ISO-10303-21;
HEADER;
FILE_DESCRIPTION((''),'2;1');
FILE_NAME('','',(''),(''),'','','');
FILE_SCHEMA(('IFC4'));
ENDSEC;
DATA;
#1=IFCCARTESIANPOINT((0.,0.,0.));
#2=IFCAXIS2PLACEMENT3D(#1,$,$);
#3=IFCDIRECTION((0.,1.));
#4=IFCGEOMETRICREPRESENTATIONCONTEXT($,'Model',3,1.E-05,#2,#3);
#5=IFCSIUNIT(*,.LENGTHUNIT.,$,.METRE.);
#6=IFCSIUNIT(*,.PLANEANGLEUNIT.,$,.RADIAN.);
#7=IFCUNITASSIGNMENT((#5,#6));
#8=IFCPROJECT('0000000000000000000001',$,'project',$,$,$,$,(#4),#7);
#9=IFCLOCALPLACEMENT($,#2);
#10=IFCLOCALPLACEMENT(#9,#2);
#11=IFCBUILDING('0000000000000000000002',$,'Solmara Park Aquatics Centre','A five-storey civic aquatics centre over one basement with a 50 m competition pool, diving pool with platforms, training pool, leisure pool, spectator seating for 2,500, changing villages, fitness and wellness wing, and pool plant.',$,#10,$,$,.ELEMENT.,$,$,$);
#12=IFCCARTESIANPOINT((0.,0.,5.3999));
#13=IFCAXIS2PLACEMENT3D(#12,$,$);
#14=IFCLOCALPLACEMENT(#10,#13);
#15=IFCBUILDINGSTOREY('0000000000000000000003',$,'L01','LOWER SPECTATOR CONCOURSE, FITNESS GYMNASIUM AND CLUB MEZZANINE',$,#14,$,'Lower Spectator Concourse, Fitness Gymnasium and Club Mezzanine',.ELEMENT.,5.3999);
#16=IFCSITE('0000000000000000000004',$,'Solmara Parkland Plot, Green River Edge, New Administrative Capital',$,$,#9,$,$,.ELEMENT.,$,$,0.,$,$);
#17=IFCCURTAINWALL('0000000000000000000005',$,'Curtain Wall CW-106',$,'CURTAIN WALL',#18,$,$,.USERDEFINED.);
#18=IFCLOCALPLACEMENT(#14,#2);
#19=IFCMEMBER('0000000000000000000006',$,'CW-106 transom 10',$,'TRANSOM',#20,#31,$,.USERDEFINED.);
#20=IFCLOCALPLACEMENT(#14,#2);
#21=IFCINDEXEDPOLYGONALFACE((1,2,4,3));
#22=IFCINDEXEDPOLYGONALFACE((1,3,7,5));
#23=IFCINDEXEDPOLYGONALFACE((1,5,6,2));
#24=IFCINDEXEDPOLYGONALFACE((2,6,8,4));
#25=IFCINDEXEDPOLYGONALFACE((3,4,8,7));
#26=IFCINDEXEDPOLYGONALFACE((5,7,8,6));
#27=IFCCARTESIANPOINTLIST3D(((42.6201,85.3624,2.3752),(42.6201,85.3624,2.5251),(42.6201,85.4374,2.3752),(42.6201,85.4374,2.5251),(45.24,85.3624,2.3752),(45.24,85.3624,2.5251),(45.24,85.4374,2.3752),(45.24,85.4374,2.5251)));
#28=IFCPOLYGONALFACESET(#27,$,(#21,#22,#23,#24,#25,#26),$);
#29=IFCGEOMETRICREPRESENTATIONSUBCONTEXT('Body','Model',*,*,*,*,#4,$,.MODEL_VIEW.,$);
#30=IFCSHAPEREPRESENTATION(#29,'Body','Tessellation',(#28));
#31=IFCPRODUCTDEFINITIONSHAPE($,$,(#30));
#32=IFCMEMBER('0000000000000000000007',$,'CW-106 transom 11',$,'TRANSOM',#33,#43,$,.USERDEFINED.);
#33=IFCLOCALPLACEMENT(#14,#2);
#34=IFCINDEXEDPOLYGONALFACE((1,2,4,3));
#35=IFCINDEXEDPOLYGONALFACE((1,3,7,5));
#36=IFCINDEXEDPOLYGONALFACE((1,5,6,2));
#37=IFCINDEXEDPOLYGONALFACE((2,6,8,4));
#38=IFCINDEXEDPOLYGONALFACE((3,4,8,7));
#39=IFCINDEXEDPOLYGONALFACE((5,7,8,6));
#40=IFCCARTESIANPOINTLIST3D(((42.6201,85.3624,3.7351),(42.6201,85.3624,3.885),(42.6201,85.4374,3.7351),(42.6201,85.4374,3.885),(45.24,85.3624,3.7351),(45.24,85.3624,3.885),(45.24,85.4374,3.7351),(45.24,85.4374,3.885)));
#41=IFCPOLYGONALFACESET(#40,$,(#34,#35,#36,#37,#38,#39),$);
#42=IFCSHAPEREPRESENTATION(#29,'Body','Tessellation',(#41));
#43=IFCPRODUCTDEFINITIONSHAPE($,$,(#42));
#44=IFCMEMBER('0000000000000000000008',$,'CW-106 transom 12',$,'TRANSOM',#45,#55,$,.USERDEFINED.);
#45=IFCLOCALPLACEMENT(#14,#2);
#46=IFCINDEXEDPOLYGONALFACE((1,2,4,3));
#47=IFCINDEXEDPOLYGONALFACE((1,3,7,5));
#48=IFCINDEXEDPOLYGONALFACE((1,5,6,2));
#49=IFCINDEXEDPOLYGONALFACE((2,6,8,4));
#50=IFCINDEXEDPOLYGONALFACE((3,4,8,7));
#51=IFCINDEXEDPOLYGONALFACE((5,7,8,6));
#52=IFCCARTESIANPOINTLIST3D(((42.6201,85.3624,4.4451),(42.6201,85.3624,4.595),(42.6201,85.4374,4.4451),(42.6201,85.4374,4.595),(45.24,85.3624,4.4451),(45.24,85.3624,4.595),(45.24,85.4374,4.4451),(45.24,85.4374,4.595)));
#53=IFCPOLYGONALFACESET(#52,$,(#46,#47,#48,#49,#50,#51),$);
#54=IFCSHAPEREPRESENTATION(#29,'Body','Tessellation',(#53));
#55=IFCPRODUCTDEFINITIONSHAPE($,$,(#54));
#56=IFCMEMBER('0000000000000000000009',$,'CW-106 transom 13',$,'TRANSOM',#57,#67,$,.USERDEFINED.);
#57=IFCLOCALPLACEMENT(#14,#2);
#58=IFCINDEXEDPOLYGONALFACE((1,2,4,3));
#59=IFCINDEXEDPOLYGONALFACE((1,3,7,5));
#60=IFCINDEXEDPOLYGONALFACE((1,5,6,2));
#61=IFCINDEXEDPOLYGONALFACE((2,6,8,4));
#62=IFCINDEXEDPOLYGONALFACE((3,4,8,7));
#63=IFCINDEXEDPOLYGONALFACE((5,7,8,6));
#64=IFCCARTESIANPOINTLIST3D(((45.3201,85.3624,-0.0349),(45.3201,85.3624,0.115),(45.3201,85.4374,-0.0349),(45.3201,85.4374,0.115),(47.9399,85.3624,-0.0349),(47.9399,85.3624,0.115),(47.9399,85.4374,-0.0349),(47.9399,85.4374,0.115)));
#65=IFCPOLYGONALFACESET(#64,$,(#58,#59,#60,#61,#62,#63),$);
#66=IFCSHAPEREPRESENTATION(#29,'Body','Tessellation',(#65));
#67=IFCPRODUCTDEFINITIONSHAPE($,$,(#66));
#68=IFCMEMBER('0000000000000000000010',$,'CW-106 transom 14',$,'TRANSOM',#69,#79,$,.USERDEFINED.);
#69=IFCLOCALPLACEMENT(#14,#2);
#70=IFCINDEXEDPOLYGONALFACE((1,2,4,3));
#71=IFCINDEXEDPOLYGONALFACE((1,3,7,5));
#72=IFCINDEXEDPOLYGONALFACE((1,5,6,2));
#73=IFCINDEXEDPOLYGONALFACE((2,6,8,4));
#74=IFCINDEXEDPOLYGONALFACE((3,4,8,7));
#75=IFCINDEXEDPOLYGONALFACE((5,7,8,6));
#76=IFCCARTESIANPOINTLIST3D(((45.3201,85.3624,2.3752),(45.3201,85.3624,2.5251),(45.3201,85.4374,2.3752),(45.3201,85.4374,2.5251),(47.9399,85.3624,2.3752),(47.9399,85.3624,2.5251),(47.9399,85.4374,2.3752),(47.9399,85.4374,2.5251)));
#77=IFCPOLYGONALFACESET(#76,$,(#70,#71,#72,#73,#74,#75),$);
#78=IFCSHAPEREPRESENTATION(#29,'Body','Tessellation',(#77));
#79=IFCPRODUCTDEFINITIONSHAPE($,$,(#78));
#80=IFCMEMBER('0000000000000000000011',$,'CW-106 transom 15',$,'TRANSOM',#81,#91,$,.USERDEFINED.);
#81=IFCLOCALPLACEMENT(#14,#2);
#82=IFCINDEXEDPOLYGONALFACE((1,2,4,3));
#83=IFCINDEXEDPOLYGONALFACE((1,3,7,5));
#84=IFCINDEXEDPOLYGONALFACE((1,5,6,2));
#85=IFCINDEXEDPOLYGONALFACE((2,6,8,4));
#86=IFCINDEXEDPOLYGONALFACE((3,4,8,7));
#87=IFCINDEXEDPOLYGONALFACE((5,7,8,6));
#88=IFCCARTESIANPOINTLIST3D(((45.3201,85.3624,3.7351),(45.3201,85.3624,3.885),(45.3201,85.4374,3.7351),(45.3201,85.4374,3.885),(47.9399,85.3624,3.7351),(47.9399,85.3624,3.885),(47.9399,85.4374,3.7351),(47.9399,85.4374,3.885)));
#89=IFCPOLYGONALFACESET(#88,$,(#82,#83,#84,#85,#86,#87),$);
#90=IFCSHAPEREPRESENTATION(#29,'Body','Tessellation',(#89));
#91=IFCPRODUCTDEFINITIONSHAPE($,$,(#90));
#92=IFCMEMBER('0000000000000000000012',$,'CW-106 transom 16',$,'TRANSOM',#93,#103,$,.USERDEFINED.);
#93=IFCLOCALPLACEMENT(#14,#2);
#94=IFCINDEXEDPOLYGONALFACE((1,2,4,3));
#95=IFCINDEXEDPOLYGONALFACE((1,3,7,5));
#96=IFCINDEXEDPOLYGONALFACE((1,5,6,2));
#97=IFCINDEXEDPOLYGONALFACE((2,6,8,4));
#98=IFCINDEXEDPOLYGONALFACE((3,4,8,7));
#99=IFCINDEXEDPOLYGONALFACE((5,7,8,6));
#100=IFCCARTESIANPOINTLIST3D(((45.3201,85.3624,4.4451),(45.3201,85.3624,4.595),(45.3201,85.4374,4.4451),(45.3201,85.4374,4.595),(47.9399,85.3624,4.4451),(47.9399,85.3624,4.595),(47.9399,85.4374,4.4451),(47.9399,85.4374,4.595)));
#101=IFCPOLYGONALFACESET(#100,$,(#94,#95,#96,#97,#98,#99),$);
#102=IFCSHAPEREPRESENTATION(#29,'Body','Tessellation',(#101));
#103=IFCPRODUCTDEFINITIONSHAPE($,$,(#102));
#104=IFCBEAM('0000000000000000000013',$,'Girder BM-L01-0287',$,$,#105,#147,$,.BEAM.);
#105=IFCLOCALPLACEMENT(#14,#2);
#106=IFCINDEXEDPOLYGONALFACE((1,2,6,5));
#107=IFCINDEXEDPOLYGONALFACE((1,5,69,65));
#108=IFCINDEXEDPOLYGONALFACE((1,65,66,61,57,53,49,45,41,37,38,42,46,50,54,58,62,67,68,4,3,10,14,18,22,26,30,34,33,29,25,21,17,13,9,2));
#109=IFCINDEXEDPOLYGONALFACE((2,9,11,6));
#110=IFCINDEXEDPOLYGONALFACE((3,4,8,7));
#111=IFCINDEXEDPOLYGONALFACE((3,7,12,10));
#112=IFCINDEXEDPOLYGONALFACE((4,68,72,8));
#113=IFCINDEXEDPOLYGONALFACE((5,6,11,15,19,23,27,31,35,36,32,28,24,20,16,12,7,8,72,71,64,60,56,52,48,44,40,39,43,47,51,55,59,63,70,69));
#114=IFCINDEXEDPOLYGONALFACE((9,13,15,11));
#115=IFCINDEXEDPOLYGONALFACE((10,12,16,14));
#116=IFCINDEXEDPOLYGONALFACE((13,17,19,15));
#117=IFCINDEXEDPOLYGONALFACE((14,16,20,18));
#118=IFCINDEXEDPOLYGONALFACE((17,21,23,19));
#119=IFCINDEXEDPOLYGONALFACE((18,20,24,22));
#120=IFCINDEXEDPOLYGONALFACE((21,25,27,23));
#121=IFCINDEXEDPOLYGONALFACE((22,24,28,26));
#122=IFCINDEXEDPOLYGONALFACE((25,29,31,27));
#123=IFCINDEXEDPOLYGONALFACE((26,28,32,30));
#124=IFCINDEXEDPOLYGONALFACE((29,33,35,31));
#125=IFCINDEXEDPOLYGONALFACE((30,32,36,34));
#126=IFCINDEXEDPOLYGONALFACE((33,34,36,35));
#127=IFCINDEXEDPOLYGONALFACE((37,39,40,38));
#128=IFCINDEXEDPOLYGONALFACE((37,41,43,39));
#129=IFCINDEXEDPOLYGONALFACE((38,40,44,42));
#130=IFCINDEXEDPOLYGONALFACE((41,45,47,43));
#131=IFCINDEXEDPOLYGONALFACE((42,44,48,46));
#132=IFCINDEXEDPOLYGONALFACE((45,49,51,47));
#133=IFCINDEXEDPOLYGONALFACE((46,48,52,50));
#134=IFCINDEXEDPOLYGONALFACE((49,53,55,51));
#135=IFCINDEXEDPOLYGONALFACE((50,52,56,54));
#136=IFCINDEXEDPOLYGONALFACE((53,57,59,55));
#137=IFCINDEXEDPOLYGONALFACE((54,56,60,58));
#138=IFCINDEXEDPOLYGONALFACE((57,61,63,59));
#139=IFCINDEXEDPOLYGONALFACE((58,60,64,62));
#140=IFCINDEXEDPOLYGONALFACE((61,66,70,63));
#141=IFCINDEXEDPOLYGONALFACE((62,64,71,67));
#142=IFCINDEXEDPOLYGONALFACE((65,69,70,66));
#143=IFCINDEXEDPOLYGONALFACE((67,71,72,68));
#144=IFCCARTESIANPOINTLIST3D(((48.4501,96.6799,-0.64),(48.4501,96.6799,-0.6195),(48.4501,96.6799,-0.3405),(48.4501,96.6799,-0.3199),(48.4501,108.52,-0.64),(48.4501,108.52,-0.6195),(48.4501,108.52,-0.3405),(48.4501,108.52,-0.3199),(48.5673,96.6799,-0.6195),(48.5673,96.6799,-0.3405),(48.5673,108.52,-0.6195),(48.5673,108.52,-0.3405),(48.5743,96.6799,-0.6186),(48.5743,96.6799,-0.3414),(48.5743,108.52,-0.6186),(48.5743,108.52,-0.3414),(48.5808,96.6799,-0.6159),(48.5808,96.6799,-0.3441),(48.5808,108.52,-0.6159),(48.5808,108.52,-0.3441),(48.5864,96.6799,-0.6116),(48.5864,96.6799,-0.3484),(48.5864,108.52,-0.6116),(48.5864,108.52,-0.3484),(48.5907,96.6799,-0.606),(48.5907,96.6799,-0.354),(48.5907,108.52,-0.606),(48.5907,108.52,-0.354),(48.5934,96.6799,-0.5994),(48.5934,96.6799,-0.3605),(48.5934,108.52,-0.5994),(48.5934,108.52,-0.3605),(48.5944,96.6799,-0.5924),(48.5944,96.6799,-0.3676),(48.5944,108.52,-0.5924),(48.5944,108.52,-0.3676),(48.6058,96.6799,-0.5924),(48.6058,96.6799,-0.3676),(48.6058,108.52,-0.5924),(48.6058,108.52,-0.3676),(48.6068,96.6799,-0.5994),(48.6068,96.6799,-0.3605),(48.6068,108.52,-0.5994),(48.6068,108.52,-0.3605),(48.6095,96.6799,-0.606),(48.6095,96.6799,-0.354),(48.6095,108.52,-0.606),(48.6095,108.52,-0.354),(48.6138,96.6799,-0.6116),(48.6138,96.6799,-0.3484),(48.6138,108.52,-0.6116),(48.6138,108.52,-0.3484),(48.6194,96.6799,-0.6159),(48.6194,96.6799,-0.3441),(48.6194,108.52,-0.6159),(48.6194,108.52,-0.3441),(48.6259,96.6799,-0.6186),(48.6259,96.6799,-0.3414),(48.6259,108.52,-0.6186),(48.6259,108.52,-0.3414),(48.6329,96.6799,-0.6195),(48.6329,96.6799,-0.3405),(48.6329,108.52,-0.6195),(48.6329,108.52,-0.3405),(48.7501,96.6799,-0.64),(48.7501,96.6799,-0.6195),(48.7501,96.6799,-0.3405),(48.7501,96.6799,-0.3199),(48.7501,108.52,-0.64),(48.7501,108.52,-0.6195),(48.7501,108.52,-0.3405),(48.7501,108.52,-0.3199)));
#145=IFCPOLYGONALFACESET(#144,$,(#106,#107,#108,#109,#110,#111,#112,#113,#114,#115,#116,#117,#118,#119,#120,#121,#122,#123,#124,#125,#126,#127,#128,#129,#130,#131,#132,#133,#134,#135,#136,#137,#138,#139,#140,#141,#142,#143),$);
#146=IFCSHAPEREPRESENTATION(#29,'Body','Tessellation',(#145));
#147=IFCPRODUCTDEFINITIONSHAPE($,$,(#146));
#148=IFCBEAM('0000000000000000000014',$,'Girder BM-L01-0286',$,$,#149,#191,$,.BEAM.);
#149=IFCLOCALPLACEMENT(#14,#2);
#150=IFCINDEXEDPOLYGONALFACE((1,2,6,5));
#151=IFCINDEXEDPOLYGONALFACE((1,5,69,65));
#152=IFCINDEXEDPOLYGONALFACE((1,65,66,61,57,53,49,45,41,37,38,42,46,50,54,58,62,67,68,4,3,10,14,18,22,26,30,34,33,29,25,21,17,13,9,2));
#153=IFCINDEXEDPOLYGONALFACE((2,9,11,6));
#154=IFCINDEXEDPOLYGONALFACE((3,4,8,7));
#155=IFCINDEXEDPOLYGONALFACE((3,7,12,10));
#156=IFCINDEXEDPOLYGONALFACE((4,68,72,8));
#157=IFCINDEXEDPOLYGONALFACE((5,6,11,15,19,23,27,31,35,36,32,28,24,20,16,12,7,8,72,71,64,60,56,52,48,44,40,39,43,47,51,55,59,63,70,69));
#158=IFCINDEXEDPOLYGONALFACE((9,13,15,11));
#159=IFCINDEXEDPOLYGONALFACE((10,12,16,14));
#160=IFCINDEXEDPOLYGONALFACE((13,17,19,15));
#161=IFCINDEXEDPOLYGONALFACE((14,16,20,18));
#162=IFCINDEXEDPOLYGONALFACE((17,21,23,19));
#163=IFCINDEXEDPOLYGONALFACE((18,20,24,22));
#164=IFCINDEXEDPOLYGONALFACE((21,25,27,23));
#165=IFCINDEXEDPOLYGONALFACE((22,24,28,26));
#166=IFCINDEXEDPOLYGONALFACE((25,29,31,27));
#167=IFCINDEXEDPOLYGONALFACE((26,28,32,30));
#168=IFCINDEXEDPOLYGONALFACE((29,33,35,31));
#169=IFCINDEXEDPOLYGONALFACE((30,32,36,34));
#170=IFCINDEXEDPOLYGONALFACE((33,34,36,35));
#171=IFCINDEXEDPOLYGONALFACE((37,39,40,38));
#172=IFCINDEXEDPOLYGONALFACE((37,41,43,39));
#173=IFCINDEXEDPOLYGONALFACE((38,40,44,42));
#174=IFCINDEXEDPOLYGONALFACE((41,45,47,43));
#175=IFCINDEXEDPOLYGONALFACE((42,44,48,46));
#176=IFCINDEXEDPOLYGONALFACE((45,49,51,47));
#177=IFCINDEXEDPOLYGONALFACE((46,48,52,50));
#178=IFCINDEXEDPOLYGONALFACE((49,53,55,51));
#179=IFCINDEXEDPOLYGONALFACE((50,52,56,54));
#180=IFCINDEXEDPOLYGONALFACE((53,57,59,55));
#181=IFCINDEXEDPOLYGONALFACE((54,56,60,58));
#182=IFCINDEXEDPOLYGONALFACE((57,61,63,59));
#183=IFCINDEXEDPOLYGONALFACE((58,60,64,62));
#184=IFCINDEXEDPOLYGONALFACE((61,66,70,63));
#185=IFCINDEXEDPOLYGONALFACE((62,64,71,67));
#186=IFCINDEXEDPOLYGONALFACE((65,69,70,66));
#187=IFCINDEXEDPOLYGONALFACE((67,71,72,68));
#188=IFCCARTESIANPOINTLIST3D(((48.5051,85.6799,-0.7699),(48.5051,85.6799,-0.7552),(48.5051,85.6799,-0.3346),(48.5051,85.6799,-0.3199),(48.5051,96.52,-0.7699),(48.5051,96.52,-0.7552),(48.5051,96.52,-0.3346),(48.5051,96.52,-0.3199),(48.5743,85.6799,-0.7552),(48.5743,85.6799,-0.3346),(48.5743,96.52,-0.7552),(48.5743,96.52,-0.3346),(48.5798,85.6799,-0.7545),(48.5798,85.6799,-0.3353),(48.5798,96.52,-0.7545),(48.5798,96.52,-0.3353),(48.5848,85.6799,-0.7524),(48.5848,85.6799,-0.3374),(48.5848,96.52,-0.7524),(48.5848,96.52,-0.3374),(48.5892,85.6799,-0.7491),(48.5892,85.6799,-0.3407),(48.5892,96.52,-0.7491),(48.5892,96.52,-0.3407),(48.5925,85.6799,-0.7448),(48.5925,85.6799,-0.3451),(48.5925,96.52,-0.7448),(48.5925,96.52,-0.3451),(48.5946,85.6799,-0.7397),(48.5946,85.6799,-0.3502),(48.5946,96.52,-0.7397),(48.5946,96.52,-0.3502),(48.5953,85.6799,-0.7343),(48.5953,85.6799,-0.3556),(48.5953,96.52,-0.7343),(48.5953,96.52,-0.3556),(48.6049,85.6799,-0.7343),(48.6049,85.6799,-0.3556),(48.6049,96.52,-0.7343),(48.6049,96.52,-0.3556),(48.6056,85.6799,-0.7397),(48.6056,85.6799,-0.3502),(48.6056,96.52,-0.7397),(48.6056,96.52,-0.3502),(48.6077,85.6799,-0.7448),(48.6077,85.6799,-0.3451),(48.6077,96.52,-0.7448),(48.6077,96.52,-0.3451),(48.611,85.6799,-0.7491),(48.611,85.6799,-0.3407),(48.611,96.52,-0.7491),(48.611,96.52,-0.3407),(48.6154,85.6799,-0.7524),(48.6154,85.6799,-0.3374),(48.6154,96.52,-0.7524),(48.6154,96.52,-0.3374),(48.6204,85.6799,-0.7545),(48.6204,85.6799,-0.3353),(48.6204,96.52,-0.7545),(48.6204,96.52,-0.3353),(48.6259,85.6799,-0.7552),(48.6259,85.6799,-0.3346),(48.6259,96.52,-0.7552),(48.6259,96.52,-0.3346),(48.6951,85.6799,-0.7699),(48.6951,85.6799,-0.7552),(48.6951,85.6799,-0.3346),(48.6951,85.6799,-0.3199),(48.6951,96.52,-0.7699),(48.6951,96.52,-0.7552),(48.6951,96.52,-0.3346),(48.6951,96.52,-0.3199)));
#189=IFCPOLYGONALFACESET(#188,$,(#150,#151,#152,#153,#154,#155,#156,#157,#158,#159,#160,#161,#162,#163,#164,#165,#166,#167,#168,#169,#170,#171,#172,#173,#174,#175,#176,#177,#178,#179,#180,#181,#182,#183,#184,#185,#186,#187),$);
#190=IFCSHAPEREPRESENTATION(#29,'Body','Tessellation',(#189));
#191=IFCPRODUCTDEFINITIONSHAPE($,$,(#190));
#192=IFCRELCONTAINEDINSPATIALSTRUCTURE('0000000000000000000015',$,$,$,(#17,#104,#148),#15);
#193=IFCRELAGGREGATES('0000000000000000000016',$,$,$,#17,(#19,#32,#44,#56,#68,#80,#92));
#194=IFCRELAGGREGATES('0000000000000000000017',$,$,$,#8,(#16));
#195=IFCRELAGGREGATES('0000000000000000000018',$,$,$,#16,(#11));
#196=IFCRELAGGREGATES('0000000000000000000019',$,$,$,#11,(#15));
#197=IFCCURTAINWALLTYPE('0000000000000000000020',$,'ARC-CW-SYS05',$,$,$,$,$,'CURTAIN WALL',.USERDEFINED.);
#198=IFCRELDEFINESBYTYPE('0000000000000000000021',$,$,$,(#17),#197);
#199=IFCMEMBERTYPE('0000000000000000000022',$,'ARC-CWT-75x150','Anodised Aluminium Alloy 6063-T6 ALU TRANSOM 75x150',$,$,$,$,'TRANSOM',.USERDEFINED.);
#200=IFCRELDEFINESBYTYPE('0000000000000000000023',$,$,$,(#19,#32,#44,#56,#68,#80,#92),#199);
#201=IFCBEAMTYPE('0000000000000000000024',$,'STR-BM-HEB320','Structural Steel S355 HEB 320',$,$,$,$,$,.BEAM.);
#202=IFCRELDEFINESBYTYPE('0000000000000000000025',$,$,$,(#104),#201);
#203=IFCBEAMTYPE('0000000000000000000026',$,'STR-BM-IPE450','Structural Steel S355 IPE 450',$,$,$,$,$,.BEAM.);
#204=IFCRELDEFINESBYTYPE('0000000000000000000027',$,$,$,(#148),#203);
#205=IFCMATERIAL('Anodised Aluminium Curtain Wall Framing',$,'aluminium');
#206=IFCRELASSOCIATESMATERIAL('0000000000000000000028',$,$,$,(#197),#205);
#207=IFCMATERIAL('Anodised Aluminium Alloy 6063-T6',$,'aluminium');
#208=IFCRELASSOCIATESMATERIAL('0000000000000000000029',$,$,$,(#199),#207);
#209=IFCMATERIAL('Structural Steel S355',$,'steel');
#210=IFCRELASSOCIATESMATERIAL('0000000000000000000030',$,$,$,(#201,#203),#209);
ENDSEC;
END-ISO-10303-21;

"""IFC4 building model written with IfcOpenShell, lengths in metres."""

from ifc_helpers import new_model, si_unit, direction, frame, origin, origin_2d, place, context, subcontext, project, spatial, rectangle, i_section, extrude, material, material_profile, profile_set, type_object, element, aggregate, save


model = new_model("IFC4")

# Units and contexts
model_context = context("Model", 3, precision=1e-05, world=origin(), true_north=direction((0.0, 1.0)))
body_context = subcontext(model_context, "Body", "Model", "MODEL_VIEW")
ifc_project = project(units=[si_unit("LENGTHUNIT", "METRE"), si_unit("PLANEANGLEUNIT", "RADIAN")], contexts=[model_context])

# Site, building, storey
site_placement = place(None, origin())
site = spatial("IfcSite", under=ifc_project, at=site_placement, Name="Solmara Parkland Plot, Green River Edge, New Administrative Capital", CompositionType="ELEMENT", RefElevation=0.0)
building_placement = place(site_placement, origin())
building = spatial("IfcBuilding", under=site, at=building_placement, Name="Solmara Park Aquatics Centre", Description="A five-storey civic aquatics centre over one basement with a 50 m competition pool, diving pool with platforms, training pool, leisure pool, spectator seating for 2,500, changing villages, fitness and wellness wing, and pool plant.", CompositionType="ELEMENT")
storey_placement = place(building_placement, frame((0.0, 0.0, 5.3999)))
storey = spatial("IfcBuildingStorey", under=building, at=storey_placement, Name="L01", Description="LOWER SPECTATOR CONCOURSE, FITNESS GYMNASIUM AND CLUB MEZZANINE", LongName="Lower Spectator Concourse, Fitness Gymnasium and Club Mezzanine", CompositionType="ELEMENT", Elevation=5.3999)

# Shared definitions
ifc_material_1 = material(Name="Structural Steel S355", Category="steel")

# Shared definitions
ifc_material_2 = material(Name="Anodised Aluminium Curtain Wall Framing", Category="aluminium")
curtain_wall_type = type_object("IfcCurtainWallType", Name="ARC-CW-SYS05", ElementType="CURTAIN WALL", PredefinedType="USERDEFINED", material=ifc_material_2)
ifc_material_3 = material(Name="Anodised Aluminium Alloy 6063-T6", Category="aluminium")

# Curtain wall, members
curtain_wall_1_placement = place(storey_placement, origin())
curtain_wall_1 = element("IfcCurtainWall", 1, at=curtain_wall_1_placement, inside=storey, type_object=curtain_wall_type, Name="Curtain Wall CW-106", ObjectType="CURTAIN WALL", PredefinedType="USERDEFINED")
ifc_material_profile_1 = material_profile(ifc_material_3, rectangle(XDim=0.075, YDim=0.1499, at=origin_2d()), Name="ALU TRANSOM 75x150")
ifc_profile_set_1 = profile_set([ifc_material_profile_1], Name="Anodised Aluminium Alloy 6063-T6")
member_type_1 = type_object("IfcMemberType", Name="ARC-CWT-75x150", Description="Anodised Aluminium Alloy 6063-T6 ALU TRANSOM 75x150", ElementType="TRANSOM", PredefinedType="USERDEFINED", material=ifc_profile_set_1)
member_1_placement = place(storey_placement, frame((42.6201, 85.3999, 2.4502), z_axis=(1.0, 0.0, 0.0), x_axis=(0.0, 1.0, 0.0)))
member_1 = element("IfcMember", 2, at=member_1_placement, type_object=member_type_1, Name="CW-106 transom 10", ObjectType="TRANSOM", PredefinedType="USERDEFINED", context=body_context, shape_type="SweptSolid", body=[
    extrude(rectangle(XDim=0.075, YDim=0.1499, at=origin_2d()), origin(), (0.0, 0.0, 1.0), 2.6199),
])
member_2_placement = place(storey_placement, frame((42.6201, 85.3999, 3.8101), z_axis=(1.0, 0.0, 0.0), x_axis=(0.0, 1.0, 0.0)))
member_2 = element("IfcMember", 3, at=member_2_placement, type_object=member_type_1, Name="CW-106 transom 11", ObjectType="TRANSOM", PredefinedType="USERDEFINED", context=body_context, shape_type="SweptSolid", body=[
    extrude(rectangle(XDim=0.075, YDim=0.1499, at=origin_2d()), origin(), (0.0, 0.0, 1.0), 2.6199),
])
member_3_placement = place(storey_placement, frame((42.6201, 85.3999, 4.52), z_axis=(1.0, 0.0, 0.0), x_axis=(0.0, 1.0, 0.0)))
member_3 = element("IfcMember", 4, at=member_3_placement, type_object=member_type_1, Name="CW-106 transom 12", ObjectType="TRANSOM", PredefinedType="USERDEFINED", context=body_context, shape_type="SweptSolid", body=[
    extrude(rectangle(XDim=0.075, YDim=0.1499, at=origin_2d()), origin(), (0.0, 0.0, 1.0), 2.6199),
])
member_4_placement = place(storey_placement, frame((45.3201, 85.3999, 0.04), z_axis=(1.0, 0.0, 0.0), x_axis=(0.0, 1.0, 0.0)))
member_4 = element("IfcMember", 5, at=member_4_placement, type_object=member_type_1, Name="CW-106 transom 13", ObjectType="TRANSOM", PredefinedType="USERDEFINED", context=body_context, shape_type="SweptSolid", body=[
    extrude(rectangle(XDim=0.075, YDim=0.1499, at=origin_2d()), origin(), (0.0, 0.0, 1.0), 2.6199),
])
member_5_placement = place(storey_placement, frame((45.3201, 85.3999, 2.4502), z_axis=(1.0, 0.0, 0.0), x_axis=(0.0, 1.0, 0.0)))
member_5 = element("IfcMember", 6, at=member_5_placement, type_object=member_type_1, Name="CW-106 transom 14", ObjectType="TRANSOM", PredefinedType="USERDEFINED", context=body_context, shape_type="SweptSolid", body=[
    extrude(rectangle(XDim=0.075, YDim=0.1499, at=origin_2d()), origin(), (0.0, 0.0, 1.0), 2.6199),
])
member_6_placement = place(storey_placement, frame((45.3201, 85.3999, 3.8101), z_axis=(1.0, 0.0, 0.0), x_axis=(0.0, 1.0, 0.0)))
member_6 = element("IfcMember", 7, at=member_6_placement, type_object=member_type_1, Name="CW-106 transom 15", ObjectType="TRANSOM", PredefinedType="USERDEFINED", context=body_context, shape_type="SweptSolid", body=[
    extrude(rectangle(XDim=0.075, YDim=0.1499, at=origin_2d()), origin(), (0.0, 0.0, 1.0), 2.6199),
])
member_7_placement = place(storey_placement, frame((45.3201, 85.3999, 4.52), z_axis=(1.0, 0.0, 0.0), x_axis=(0.0, 1.0, 0.0)))
member_7 = element("IfcMember", 8, at=member_7_placement, type_object=member_type_1, Name="CW-106 transom 16", ObjectType="TRANSOM", PredefinedType="USERDEFINED", context=body_context, shape_type="SweptSolid", body=[
    extrude(rectangle(XDim=0.075, YDim=0.1499, at=origin_2d()), origin(), (0.0, 0.0, 1.0), 2.6199),
])

# Beams
ifc_material_profile_2 = material_profile(ifc_material_1, i_section(OverallWidth=0.3, OverallDepth=0.3201, WebThickness=0.0115, FlangeThickness=0.0205, FilletRadius=0.0271, at=origin_2d()), Name="HEB 320")
ifc_profile_set_2 = profile_set([ifc_material_profile_2], Name="Structural Steel S355")
beam_type_1 = type_object("IfcBeamType", Name="STR-BM-HEB320", Description="Structural Steel S355 HEB 320", PredefinedType="BEAM", material=ifc_profile_set_2)
beam_1_placement = place(storey_placement, frame((48.6001, 96.6799, -0.48), z_axis=(0.0, 1.0, 0.0), x_axis=(-1.0, 0.0, 0.0)))
element("IfcBeam", 9, at=beam_1_placement, inside=storey, type_object=beam_type_1, Name="Girder BM-L01-0287", PredefinedType="BEAM", context=body_context, shape_type="SweptSolid", body=[
    extrude(i_section(OverallWidth=0.3, OverallDepth=0.3201, WebThickness=0.0115, FlangeThickness=0.0205, FilletRadius=0.0271, at=origin_2d()), origin(), (0.0, 0.0, 1.0), 11.8401),
])
ifc_material_profile_3 = material_profile(ifc_material_1, i_section(OverallWidth=0.1899, OverallDepth=0.45, WebThickness=0.0095, FlangeThickness=0.0146, FilletRadius=0.021, at=origin_2d()), Name="IPE 450")
ifc_profile_set_3 = profile_set([ifc_material_profile_3], Name="Structural Steel S355")
beam_type_2 = type_object("IfcBeamType", Name="STR-BM-IPE450", Description="Structural Steel S355 IPE 450", PredefinedType="BEAM", material=ifc_profile_set_3)
for number, where, z_axis, x_axis, name in (
    (10, (48.6001, 85.6799, -0.5449), (0.0, 1.0, 0.0), (-1.0, 0.0, 0.0), "Girder BM-L01-0286"),
):
    element("IfcBeam", number, at=place(storey_placement, frame(where, z_axis=z_axis, x_axis=x_axis)), inside=storey, type_object=beam_type_2, Name=name, PredefinedType="BEAM", context=body_context, shape_type="SweptSolid", body=[
        extrude(i_section(OverallWidth=0.1899, OverallDepth=0.45, WebThickness=0.0095, FlangeThickness=0.0146, FilletRadius=0.021, at=origin_2d()), origin(), (0.0, 0.0, 1.0), 10.8401),
    ])

aggregate(curtain_wall_1, [member_1, member_2, member_3, member_4, member_5, member_6, member_7])

save(model, "model.ifc")
